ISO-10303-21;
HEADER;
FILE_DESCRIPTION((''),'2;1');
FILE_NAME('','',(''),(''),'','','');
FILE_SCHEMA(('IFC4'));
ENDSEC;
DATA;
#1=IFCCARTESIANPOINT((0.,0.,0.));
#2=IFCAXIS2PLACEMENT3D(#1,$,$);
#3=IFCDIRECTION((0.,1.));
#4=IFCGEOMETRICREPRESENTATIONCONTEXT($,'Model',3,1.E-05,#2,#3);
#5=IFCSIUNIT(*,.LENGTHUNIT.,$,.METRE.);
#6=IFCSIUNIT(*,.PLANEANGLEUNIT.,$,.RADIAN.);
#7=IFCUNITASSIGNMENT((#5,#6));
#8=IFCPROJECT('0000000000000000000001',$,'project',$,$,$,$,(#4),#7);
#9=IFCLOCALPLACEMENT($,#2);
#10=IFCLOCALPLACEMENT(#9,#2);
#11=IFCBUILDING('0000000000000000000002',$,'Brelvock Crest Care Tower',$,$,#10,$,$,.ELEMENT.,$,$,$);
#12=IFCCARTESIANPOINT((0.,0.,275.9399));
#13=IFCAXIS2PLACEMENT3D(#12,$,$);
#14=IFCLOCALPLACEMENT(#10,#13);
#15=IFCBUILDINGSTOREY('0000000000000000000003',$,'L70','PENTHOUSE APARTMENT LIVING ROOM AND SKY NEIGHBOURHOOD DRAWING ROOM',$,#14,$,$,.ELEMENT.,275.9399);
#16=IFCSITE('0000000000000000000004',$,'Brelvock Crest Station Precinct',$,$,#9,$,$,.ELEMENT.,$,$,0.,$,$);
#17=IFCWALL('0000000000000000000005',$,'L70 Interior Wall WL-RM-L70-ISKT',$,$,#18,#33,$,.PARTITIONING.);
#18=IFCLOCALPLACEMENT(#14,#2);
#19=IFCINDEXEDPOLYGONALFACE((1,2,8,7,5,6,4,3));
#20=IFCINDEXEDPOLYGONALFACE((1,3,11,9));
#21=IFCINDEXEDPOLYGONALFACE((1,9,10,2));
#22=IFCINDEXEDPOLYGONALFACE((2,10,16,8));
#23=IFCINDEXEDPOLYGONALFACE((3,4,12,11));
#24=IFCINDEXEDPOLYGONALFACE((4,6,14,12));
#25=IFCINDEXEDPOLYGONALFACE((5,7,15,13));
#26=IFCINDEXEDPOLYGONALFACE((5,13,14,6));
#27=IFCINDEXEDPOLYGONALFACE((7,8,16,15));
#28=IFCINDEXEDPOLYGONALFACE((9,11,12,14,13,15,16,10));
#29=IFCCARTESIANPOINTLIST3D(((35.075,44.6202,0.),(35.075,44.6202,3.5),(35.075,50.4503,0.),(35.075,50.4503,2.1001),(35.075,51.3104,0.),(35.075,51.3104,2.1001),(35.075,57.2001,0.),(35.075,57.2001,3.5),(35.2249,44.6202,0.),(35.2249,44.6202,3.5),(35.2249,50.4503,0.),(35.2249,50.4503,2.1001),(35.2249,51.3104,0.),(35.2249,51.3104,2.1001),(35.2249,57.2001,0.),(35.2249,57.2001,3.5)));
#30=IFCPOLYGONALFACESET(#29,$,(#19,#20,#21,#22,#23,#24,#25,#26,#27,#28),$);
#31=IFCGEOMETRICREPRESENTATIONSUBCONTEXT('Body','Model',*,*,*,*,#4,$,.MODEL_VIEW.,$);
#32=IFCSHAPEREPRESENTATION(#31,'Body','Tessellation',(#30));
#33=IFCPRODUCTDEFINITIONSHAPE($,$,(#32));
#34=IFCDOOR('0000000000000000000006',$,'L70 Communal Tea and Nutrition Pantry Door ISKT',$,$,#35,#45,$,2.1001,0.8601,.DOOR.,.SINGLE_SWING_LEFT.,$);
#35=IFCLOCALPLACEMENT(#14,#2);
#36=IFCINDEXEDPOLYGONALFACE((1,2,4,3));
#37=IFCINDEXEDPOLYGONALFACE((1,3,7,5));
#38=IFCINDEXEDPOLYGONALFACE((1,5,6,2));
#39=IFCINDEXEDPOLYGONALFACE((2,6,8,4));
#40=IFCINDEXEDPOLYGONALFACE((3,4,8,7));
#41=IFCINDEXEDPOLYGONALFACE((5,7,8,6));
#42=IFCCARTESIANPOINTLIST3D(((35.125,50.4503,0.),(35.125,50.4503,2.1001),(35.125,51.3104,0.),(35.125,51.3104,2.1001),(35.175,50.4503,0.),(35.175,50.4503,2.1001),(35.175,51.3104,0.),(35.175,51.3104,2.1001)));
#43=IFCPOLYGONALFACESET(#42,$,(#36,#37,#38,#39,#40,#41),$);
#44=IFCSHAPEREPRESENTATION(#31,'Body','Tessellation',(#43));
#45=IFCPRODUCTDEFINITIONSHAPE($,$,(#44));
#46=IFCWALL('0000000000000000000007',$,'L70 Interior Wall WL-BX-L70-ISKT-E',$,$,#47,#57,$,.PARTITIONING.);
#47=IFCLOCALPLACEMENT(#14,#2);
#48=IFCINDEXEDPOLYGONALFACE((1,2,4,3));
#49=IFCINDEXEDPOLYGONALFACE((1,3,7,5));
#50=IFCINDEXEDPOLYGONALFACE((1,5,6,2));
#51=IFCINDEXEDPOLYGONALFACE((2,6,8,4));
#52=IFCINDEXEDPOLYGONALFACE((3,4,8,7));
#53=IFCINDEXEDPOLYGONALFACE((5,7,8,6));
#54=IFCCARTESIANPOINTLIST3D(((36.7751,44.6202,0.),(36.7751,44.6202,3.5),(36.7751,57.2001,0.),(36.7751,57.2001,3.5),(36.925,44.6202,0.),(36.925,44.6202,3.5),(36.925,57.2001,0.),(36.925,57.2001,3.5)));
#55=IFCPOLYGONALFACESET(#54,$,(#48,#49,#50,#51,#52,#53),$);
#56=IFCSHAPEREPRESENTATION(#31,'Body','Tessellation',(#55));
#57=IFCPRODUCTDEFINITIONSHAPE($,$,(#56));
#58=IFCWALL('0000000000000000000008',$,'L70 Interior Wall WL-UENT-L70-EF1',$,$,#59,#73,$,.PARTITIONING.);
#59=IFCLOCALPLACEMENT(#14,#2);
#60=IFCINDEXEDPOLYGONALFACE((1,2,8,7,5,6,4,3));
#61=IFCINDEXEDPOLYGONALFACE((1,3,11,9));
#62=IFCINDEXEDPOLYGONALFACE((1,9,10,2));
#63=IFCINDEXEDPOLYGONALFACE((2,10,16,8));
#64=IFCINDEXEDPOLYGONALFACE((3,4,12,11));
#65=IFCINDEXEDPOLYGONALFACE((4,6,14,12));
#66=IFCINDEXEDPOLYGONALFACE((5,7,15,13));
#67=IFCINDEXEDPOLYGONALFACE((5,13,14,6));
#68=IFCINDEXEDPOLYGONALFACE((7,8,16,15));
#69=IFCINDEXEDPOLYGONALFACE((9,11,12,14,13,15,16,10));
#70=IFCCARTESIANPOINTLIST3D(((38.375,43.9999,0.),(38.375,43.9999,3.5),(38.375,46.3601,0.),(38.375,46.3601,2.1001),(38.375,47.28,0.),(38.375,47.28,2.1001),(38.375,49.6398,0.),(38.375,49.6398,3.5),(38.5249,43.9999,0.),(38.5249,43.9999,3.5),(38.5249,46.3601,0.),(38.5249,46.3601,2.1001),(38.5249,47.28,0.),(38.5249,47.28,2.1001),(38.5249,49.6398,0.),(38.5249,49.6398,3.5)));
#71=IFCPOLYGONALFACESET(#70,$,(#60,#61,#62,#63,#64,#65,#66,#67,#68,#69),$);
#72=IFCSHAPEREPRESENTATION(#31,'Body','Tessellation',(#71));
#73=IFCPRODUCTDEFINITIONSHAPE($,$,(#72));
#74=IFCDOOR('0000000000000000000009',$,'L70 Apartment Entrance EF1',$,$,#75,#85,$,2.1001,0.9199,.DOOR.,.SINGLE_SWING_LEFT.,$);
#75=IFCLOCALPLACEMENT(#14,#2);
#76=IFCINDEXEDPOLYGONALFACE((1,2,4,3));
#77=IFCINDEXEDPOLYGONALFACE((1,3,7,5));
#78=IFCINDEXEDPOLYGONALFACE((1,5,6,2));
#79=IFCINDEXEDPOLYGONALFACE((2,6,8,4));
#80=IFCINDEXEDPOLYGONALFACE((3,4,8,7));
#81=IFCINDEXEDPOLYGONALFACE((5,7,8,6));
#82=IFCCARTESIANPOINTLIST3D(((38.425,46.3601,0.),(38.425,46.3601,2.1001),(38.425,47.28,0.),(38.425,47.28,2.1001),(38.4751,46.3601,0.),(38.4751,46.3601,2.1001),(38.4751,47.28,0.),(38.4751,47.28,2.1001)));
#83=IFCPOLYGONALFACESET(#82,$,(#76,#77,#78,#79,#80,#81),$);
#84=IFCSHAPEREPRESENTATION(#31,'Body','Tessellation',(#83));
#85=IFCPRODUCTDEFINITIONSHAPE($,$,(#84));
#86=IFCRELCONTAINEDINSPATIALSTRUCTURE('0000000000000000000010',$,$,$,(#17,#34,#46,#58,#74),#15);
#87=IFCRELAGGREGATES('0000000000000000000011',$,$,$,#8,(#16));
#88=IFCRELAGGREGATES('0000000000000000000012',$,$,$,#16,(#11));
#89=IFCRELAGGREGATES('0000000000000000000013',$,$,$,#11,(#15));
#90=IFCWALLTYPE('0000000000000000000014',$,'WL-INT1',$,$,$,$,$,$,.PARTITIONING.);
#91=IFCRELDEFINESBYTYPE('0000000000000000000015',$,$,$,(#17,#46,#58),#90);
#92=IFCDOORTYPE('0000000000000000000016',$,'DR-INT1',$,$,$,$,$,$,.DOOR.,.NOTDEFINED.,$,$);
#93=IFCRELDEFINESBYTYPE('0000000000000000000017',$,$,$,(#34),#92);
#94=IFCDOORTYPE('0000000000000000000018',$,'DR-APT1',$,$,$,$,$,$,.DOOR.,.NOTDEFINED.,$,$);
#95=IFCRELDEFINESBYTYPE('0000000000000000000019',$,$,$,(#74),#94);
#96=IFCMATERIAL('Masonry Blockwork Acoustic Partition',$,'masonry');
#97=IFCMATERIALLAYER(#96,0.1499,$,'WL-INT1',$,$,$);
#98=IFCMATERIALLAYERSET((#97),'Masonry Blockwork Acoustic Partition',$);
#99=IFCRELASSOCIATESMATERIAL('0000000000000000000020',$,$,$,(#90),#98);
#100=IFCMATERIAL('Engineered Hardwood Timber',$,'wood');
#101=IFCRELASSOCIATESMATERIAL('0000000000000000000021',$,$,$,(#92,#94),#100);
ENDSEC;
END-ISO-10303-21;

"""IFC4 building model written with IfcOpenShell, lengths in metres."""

from ifc_helpers import new_model, si_unit, direction, frame, frame_2d, origin, origin_2d, place, context, subcontext, project, spatial, rectangle, extrude, source, transform, mapped, material, layer, layer_set, type_object, element, fill, save


model = new_model("IFC4")

# Units and contexts
model_context = context("Model", 3, precision=1e-05, world=origin(), true_north=direction((0.0, 1.0)))
body_context = subcontext(model_context, "Body", "Model", "MODEL_VIEW")
ifc_project = project(units=[si_unit("LENGTHUNIT", "METRE"), si_unit("PLANEANGLEUNIT", "RADIAN")], contexts=[model_context])

# Site, building, storey
site_placement = place(None, origin())
site = spatial("IfcSite", under=ifc_project, at=site_placement, Name="Brelvock Crest Station Precinct", CompositionType="ELEMENT", RefElevation=0.0)
building_placement = place(site_placement, origin())
building = spatial("IfcBuilding", under=site, at=building_placement, Name="Brelvock Crest Care Tower", CompositionType="ELEMENT")
storey_placement = place(building_placement, frame((0.0, 0.0, 275.9399)))
storey = spatial("IfcBuildingStorey", under=building, at=storey_placement, Name="L70", Description="PENTHOUSE APARTMENT LIVING ROOM AND SKY NEIGHBOURHOOD DRAWING ROOM", CompositionType="ELEMENT", Elevation=275.9399)

# Shared definitions
ifc_material_1 = material(Name="Masonry Blockwork Acoustic Partition", Category="masonry")
ifc_layer = layer(ifc_material_1, 0.1499, Name="WL-INT1")
ifc_layer_set = layer_set([ifc_layer], Name="Masonry Blockwork Acoustic Partition")
wall_type = type_object("IfcWallType", Name="WL-INT1", PredefinedType="PARTITIONING", material=ifc_layer_set)

# Wall, opening, door
wall_1_placement = place(storey_placement, frame((35.1499, 44.6201, 0.0), z_axis=(0.0, 0.0, 1.0), x_axis=(0.0, 1.0, 0.0)))
wall_1 = element("IfcWall", 1, at=wall_1_placement, inside=storey, type_object=wall_type, Name="L70 Interior Wall WL-RM-L70-ISKT", PredefinedType="PARTITIONING", context=body_context, shape_type="SweptSolid", body=[
    extrude(rectangle(XDim=12.5798, YDim=0.1499, at=frame_2d((6.29, 0.0))), origin(), (0.0, 0.0, 1.0), 3.5),
])
opening_1_placement = place(wall_1_placement, frame((5.8301, 0.0, 0.0)))
opening_1 = element("IfcOpeningElement", 2, at=opening_1_placement, cuts=wall_1, PredefinedType="OPENING", context=body_context, shape_type="SweptSolid", body=[
    extrude(rectangle(XDim=0.8601, YDim=2.1001, at=origin_2d()), frame((0.4302, 0.085, 1.05), z_axis=(0.0, -1.0, 0.0), x_axis=(1.0, 0.0, 0.0)), (0.0, 0.0, 1.0), 0.1699),
])
ifc_material_2 = material(Name="Engineered Hardwood Timber", Category="wood")
door_type_1 = type_object("IfcDoorType", Name="DR-INT1", OperationType="NOTDEFINED", PredefinedType="DOOR", material=ifc_material_2)
shared_shape_1 = source(origin(), body_context, "Body", "SweptSolid", [
    extrude(rectangle(XDim=0.8601, YDim=2.1001, at=origin_2d()), frame((0.4302, 0.0249, 1.05), z_axis=(0.0, -1.0, 0.0), x_axis=(1.0, 0.0, 0.0)), (0.0, 0.0, 1.0), 0.05),
])
door_1_placement = place(opening_1_placement, origin())
door_1 = element("IfcDoor", 3, at=door_1_placement, inside=storey, type_object=door_type_1, Name="L70 Communal Tea and Nutrition Pantry Door ISKT", OperationType="SINGLE_SWING_LEFT", OverallHeight=2.1001, OverallWidth=0.8601, PredefinedType="DOOR", context=body_context, shape_type="MappedRepresentation", body=[
    mapped(shared_shape_1, transform((0.0, 0.0, 0.0), x_axis=(1.0, 0.0, 0.0), y_axis=(0.0, 1.0, 0.0), z_axis=(0.0, 0.0, 1.0), scale=1.0)),
])
fill(opening_1, door_1)

# Wall
wall_2_placement = place(storey_placement, frame((36.8501, 44.6201, 0.0), z_axis=(0.0, 0.0, 1.0), x_axis=(0.0, 1.0, 0.0)))
element("IfcWall", 4, at=wall_2_placement, inside=storey, type_object=wall_type, Name="L70 Interior Wall WL-BX-L70-ISKT-E", PredefinedType="PARTITIONING", context=body_context, shape_type="SweptSolid", body=[
    extrude(rectangle(XDim=12.5798, YDim=0.1499, at=frame_2d((6.29, 0.0))), origin(), (0.0, 0.0, 1.0), 3.5),
])

# Wall, opening, door
wall_3_placement = place(storey_placement, frame((38.45, 44.0, 0.0), z_axis=(0.0, 0.0, 1.0), x_axis=(0.0, 1.0, 0.0)))
wall_3 = element("IfcWall", 5, at=wall_3_placement, inside=storey, type_object=wall_type, Name="L70 Interior Wall WL-UENT-L70-EF1", PredefinedType="PARTITIONING", context=body_context, shape_type="SweptSolid", body=[
    extrude(rectangle(XDim=5.6399, YDim=0.1499, at=frame_2d((2.8198, 0.0))), origin(), (0.0, 0.0, 1.0), 3.5),
])
opening_2_placement = place(wall_3_placement, frame((2.3601, 0.0, 0.0)))
opening_2 = element("IfcOpeningElement", 6, at=opening_2_placement, cuts=wall_3, PredefinedType="OPENING", context=body_context, shape_type="SweptSolid", body=[
    extrude(rectangle(XDim=0.9199, YDim=2.1001, at=origin_2d()), frame((0.46, 0.085, 1.05), z_axis=(0.0, -1.0, 0.0), x_axis=(1.0, 0.0, 0.0)), (0.0, 0.0, 1.0), 0.1699),
])
door_type_2 = type_object("IfcDoorType", Name="DR-APT1", OperationType="NOTDEFINED", PredefinedType="DOOR", material=ifc_material_2)
shared_shape_2 = source(origin(), body_context, "Body", "SweptSolid", [
    extrude(rectangle(XDim=0.9199, YDim=2.1001, at=origin_2d()), frame((0.46, 0.0249, 1.05), z_axis=(0.0, -1.0, 0.0), x_axis=(1.0, 0.0, 0.0)), (0.0, 0.0, 1.0), 0.05),
])
door_2_placement = place(opening_2_placement, origin())
door_2 = element("IfcDoor", 7, at=door_2_placement, inside=storey, type_object=door_type_2, Name="L70 Apartment Entrance EF1", OperationType="SINGLE_SWING_LEFT", OverallHeight=2.1001, OverallWidth=0.9199, PredefinedType="DOOR", context=body_context, shape_type="MappedRepresentation", body=[
    mapped(shared_shape_2, transform((0.0, 0.0, 0.0), x_axis=(1.0, 0.0, 0.0), y_axis=(0.0, 1.0, 0.0), z_axis=(0.0, 0.0, 1.0), scale=1.0)),
])
fill(opening_2, door_2)

save(model, "model.ifc")
